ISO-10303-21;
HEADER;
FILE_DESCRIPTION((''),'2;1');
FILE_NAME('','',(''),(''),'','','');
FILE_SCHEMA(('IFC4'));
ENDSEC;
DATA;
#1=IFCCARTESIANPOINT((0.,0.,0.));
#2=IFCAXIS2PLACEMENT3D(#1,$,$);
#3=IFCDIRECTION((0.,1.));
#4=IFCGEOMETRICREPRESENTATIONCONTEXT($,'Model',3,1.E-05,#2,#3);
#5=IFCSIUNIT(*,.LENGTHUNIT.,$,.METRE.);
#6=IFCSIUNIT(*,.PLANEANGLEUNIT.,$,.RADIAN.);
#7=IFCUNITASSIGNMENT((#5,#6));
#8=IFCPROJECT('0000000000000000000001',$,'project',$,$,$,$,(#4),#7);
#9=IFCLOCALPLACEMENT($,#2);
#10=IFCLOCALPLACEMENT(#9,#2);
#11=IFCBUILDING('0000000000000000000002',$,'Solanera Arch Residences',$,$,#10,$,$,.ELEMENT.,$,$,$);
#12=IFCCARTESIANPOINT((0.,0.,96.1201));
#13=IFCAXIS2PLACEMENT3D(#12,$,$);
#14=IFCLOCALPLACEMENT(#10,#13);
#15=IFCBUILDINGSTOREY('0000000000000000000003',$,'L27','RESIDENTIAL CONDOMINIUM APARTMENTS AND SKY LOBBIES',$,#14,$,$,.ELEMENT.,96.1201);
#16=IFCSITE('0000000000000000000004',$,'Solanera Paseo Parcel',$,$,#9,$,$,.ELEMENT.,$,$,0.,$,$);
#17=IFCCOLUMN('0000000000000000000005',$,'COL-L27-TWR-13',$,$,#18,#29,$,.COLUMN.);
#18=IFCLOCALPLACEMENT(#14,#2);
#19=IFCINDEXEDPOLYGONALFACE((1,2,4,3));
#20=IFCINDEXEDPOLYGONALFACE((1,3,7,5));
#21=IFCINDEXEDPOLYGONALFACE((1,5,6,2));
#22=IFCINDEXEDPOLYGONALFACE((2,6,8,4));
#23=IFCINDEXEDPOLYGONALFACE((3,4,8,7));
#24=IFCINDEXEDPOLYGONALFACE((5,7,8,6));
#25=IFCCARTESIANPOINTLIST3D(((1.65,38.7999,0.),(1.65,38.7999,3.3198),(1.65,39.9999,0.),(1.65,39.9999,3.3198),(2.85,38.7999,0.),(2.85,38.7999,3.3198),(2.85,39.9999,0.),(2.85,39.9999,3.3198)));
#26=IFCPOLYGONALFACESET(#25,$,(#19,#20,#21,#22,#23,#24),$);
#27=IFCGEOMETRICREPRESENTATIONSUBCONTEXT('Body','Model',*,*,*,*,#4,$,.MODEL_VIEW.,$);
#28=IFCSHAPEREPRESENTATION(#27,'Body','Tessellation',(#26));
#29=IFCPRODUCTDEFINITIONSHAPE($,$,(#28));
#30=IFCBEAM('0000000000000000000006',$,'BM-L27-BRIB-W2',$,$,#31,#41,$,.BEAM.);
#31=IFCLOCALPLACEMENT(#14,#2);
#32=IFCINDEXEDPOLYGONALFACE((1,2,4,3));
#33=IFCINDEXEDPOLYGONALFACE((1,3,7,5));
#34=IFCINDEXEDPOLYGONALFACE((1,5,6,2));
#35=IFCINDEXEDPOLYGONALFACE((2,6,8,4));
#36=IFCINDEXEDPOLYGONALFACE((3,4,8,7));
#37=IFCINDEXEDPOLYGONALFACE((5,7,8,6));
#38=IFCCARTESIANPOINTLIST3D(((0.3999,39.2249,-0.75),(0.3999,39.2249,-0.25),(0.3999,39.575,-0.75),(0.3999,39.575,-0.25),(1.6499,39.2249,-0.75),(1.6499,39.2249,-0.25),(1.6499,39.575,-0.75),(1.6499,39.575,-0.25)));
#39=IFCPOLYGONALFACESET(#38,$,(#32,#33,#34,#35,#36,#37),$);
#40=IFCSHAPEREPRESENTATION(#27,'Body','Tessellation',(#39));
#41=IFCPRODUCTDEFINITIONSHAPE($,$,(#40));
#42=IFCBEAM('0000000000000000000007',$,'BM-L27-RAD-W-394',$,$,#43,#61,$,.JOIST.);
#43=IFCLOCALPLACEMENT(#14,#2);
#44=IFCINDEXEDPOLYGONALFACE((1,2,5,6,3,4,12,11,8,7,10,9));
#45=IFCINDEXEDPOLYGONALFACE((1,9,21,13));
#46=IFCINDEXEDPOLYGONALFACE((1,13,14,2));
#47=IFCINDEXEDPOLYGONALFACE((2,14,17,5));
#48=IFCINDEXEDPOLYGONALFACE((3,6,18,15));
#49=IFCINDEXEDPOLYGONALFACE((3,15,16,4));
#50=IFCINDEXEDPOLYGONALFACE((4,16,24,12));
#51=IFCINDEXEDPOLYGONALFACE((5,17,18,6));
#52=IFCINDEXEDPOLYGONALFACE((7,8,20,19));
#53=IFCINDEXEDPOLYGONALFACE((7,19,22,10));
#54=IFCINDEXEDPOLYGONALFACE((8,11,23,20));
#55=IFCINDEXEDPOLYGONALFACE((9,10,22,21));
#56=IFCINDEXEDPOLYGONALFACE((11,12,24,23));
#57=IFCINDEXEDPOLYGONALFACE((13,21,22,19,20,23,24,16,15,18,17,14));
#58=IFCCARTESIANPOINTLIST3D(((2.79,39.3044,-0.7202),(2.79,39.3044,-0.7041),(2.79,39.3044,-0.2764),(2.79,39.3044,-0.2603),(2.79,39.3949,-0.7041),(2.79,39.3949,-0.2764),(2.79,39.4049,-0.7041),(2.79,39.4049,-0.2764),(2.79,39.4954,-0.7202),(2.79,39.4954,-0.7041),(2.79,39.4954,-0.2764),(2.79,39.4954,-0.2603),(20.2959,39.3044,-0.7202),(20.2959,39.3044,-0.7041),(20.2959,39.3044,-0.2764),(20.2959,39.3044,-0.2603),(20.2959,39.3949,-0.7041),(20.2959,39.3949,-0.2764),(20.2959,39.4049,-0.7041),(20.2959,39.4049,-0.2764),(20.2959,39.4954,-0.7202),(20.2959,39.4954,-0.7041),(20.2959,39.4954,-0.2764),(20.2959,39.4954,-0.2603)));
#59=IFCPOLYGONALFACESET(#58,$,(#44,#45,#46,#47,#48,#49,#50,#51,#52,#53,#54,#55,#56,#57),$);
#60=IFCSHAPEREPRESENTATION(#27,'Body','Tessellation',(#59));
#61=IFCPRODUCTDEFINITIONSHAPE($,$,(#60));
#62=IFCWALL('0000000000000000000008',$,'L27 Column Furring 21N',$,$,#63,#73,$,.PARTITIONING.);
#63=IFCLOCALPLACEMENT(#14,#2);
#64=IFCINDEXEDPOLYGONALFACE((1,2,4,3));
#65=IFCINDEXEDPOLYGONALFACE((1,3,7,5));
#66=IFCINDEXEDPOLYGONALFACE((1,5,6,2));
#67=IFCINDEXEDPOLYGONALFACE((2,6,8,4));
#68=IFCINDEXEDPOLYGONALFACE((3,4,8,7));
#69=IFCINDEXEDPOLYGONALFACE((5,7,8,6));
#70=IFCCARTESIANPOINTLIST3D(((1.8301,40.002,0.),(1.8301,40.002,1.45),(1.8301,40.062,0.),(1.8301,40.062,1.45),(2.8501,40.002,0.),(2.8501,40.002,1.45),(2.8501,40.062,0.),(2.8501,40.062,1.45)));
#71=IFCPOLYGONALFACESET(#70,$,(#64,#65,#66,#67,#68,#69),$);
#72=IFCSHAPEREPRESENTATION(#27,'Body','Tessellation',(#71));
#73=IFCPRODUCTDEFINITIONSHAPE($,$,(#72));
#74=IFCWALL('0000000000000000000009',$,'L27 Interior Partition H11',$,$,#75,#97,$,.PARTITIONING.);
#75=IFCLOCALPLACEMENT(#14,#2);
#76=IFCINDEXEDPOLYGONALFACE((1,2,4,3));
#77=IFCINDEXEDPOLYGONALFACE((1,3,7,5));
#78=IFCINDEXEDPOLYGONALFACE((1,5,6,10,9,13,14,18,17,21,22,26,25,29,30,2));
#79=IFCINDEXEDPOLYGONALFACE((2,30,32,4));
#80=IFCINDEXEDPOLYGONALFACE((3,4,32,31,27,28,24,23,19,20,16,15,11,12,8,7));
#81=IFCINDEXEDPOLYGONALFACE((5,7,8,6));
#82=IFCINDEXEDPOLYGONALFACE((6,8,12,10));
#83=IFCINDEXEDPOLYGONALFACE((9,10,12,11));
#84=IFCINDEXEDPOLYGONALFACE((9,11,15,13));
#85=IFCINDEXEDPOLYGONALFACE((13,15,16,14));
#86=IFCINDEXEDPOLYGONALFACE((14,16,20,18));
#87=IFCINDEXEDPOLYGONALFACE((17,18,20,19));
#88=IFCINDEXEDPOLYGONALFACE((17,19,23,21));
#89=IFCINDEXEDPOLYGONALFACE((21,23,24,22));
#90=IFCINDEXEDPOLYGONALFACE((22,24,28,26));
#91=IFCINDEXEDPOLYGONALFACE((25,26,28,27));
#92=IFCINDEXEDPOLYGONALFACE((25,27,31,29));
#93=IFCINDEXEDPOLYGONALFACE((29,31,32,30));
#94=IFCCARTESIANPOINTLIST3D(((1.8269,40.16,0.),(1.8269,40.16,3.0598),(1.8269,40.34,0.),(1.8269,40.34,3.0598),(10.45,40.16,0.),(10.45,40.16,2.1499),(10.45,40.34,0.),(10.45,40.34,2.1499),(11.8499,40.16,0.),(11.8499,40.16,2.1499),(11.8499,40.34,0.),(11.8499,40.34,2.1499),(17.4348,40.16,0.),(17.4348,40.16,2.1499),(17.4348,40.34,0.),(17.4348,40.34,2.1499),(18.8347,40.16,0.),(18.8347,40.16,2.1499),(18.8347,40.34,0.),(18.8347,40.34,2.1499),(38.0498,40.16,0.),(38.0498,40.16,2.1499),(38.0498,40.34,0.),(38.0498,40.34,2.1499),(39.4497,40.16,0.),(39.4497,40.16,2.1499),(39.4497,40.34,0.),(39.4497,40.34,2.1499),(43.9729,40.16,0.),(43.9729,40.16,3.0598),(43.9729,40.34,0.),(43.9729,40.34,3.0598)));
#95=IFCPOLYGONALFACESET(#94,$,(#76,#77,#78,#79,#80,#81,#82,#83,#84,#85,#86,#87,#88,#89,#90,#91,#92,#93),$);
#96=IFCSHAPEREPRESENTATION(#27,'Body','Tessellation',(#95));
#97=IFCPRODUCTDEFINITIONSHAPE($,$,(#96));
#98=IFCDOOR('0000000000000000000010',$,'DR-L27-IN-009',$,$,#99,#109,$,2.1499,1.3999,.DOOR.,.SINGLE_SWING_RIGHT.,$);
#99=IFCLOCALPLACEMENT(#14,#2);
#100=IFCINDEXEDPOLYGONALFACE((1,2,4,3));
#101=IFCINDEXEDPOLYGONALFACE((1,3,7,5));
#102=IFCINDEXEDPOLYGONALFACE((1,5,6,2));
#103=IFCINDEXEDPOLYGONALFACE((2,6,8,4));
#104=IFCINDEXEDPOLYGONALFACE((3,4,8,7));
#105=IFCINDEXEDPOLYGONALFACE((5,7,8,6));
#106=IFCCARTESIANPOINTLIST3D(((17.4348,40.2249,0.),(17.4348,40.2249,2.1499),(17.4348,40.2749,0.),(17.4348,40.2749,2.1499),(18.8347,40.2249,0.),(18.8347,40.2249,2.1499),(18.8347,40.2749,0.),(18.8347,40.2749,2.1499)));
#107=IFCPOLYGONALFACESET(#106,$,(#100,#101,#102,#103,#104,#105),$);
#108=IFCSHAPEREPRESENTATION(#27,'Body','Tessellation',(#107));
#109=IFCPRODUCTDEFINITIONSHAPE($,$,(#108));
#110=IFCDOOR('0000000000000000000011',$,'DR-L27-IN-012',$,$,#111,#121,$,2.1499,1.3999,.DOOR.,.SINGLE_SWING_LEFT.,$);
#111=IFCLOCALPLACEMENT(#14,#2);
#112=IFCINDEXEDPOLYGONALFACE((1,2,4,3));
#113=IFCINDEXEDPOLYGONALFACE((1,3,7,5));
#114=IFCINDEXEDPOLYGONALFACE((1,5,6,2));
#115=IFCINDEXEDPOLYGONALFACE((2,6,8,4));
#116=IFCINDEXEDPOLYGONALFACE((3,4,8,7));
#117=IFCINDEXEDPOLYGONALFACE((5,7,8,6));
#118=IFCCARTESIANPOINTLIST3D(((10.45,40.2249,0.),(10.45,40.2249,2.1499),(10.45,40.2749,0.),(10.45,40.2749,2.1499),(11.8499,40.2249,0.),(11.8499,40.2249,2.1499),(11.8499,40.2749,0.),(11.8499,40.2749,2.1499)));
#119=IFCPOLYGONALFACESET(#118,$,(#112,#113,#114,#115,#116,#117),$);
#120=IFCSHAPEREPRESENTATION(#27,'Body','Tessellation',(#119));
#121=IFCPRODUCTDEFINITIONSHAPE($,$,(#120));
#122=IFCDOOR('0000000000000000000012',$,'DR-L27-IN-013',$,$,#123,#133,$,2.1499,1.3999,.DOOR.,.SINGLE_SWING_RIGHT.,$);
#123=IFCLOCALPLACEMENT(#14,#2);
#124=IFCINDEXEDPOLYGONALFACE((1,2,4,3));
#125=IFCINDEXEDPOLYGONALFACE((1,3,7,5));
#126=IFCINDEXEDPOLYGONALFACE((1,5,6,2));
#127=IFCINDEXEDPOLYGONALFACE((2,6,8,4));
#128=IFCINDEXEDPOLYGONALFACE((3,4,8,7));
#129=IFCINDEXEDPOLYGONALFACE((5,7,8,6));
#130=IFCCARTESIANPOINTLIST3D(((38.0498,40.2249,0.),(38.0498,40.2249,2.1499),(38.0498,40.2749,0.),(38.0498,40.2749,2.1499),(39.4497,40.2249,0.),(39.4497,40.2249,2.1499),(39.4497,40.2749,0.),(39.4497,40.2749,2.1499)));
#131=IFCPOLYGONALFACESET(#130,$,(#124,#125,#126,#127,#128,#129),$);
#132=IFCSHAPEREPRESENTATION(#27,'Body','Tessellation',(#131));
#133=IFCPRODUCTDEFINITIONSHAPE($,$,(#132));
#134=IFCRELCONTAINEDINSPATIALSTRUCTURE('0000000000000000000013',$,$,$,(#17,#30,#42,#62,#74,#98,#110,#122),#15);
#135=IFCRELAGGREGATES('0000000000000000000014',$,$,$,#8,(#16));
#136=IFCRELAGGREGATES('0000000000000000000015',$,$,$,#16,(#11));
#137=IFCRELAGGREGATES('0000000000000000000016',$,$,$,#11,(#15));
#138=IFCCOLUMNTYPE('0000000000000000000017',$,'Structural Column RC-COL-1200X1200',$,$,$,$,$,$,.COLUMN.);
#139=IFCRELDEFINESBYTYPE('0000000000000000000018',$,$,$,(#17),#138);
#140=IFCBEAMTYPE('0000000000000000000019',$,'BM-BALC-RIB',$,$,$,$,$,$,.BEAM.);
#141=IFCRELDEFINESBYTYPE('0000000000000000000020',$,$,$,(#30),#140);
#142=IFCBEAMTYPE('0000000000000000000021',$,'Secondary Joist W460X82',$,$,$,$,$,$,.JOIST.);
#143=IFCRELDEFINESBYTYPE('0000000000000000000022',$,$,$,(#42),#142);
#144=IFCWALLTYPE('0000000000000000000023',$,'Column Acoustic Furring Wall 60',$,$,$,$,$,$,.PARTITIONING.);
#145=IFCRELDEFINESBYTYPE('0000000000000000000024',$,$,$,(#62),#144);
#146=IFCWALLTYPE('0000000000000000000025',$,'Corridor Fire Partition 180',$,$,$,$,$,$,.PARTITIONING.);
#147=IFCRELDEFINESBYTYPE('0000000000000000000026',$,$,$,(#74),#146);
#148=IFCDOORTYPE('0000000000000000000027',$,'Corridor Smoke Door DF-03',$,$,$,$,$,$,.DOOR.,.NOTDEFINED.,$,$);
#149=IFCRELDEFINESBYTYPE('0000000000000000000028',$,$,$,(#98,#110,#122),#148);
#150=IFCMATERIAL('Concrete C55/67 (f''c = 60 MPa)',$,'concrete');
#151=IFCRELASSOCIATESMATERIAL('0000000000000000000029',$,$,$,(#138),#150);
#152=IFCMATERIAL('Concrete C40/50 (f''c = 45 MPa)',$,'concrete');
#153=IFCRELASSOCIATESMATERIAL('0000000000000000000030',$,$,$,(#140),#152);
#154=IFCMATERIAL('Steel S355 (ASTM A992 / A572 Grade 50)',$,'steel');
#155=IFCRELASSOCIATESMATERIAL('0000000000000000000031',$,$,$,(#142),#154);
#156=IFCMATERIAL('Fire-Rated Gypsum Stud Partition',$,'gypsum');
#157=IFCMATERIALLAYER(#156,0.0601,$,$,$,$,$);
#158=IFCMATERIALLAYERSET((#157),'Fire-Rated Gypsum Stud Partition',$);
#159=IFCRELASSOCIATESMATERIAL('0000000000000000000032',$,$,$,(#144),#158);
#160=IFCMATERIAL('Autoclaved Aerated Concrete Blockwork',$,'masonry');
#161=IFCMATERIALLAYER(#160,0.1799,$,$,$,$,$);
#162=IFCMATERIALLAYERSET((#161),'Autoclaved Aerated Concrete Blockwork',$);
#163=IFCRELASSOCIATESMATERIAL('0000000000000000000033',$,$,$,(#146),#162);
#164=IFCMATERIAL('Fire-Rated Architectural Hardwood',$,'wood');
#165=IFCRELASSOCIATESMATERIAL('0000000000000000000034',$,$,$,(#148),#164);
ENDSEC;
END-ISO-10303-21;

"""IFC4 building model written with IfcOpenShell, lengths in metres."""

from ifc_helpers import new_model, si_unit, direction, frame, frame_2d, origin, origin_2d, place, context, subcontext, project, spatial, rectangle, i_section, extrude, material, layer, layer_set, material_profile, profile_set, type_object, element, fill, save


model = new_model("IFC4")

# Units and contexts
model_context = context("Model", 3, precision=1e-05, world=origin(), true_north=direction((0.0, 1.0)))
body_context = subcontext(model_context, "Body", "Model", "MODEL_VIEW")
ifc_project = project(units=[si_unit("LENGTHUNIT", "METRE"), si_unit("PLANEANGLEUNIT", "RADIAN")], contexts=[model_context])

# Site, building, storey
site_placement = place(None, origin())
site = spatial("IfcSite", under=ifc_project, at=site_placement, Name="Solanera Paseo Parcel", CompositionType="ELEMENT", RefElevation=0.0)
building_placement = place(site_placement, origin())
building = spatial("IfcBuilding", under=site, at=building_placement, Name="Solanera Arch Residences", CompositionType="ELEMENT")
storey_placement = place(building_placement, frame((0.0, 0.0, 96.1201)))
storey = spatial("IfcBuildingStorey", under=building, at=storey_placement, Name="L27", Description="RESIDENTIAL CONDOMINIUM APARTMENTS AND SKY LOBBIES", CompositionType="ELEMENT", Elevation=96.1201)

# Column
ifc_material_1 = material(Name="Concrete C55/67 (f'c = 60 MPa)", Category="concrete")
ifc_material_profile_1 = material_profile(ifc_material_1, rectangle(XDim=1.2, YDim=1.2, at=origin_2d()))
ifc_profile_set_1 = profile_set([ifc_material_profile_1], Name="Concrete C55/67 (f'c = 60 MPa)")
column_type = type_object("IfcColumnType", Name="Structural Column RC-COL-1200X1200", PredefinedType="COLUMN", material=ifc_profile_set_1)
column_placement = place(storey_placement, frame((2.25, 39.3999, 0.0), z_axis=(0.0, 0.0, 1.0), x_axis=(1.0, 0.0, 0.0)))
element("IfcColumn", 1, at=column_placement, inside=storey, type_object=column_type, Name="COL-L27-TWR-13", PredefinedType="COLUMN", context=body_context, shape_type="SweptSolid", body=[
    extrude(rectangle(XDim=1.2, YDim=1.2, at=origin_2d()), origin(), (0.0, 0.0, 1.0), 3.3198),
])

# Beams
ifc_material_2 = material(Name="Concrete C40/50 (f'c = 45 MPa)", Category="concrete")
ifc_material_profile_2 = material_profile(ifc_material_2, rectangle(XDim=0.3501, YDim=0.5, at=origin_2d()))
ifc_profile_set_2 = profile_set([ifc_material_profile_2], Name="Concrete C40/50 (f'c = 45 MPa)")
beam_type_1 = type_object("IfcBeamType", Name="BM-BALC-RIB", PredefinedType="BEAM", material=ifc_profile_set_2)
beam_1_placement = place(storey_placement, frame((0.3999, 39.3999, -0.5), z_axis=(1.0, 0.0, 0.0), x_axis=(0.0, 1.0, 0.0)))
element("IfcBeam", 2, at=beam_1_placement, inside=storey, type_object=beam_type_1, Name="BM-L27-BRIB-W2", PredefinedType="BEAM", context=body_context, shape_type="SweptSolid", body=[
    extrude(rectangle(XDim=0.3501, YDim=0.5, at=origin_2d()), origin(), (0.0, 0.0, 1.0), 1.25),
])
ifc_material_3 = material(Name="Steel S355 (ASTM A992 / A572 Grade 50)", Category="steel")
ifc_material_profile_3 = material_profile(ifc_material_3, i_section(OverallWidth=0.1909, OverallDepth=0.46, WebThickness=0.01, FlangeThickness=0.0161, at=origin_2d()))
ifc_profile_set_3 = profile_set([ifc_material_profile_3], Name="Steel S355 (ASTM A992 / A572 Grade 50)")
beam_type_2 = type_object("IfcBeamType", Name="Secondary Joist W460X82", PredefinedType="JOIST", material=ifc_profile_set_3)
beam_2_placement = place(storey_placement, frame((2.79, 39.3999, -0.4902), z_axis=(1.0, 0.0, 0.0), x_axis=(0.0, 1.0, 0.0)))
element("IfcBeam", 3, at=beam_2_placement, inside=storey, type_object=beam_type_2, Name="BM-L27-RAD-W-394", PredefinedType="JOIST", context=body_context, shape_type="SweptSolid", body=[
    extrude(i_section(OverallWidth=0.1909, OverallDepth=0.46, WebThickness=0.01, FlangeThickness=0.0161, at=origin_2d()), origin(), (0.0, 0.0, 1.0), 17.5059),
])

# Wall
ifc_material_4 = material(Name="Fire-Rated Gypsum Stud Partition", Category="gypsum")
ifc_layer_1 = layer(ifc_material_4, 0.0601)
ifc_layer_set_1 = layer_set([ifc_layer_1], Name="Fire-Rated Gypsum Stud Partition")
wall_type_1 = type_object("IfcWallType", Name="Column Acoustic Furring Wall 60", PredefinedType="PARTITIONING", material=ifc_layer_set_1)
wall_1_placement = place(storey_placement, frame((1.8301, 40.032, 0.0), z_axis=(0.0, 0.0, 1.0), x_axis=(1.0, 0.0, 0.0)))
element("IfcWall", 4, at=wall_1_placement, inside=storey, type_object=wall_type_1, Name="L27 Column Furring 21N", PredefinedType="PARTITIONING", context=body_context, shape_type="SweptSolid", body=[
    extrude(rectangle(XDim=1.02, YDim=0.0601, at=frame_2d((0.51, 0.0))), origin(), (0.0, 0.0, 1.0), 1.45),
])

# Wall, openings, doors
ifc_material_5 = material(Name="Autoclaved Aerated Concrete Blockwork", Category="masonry")
ifc_layer_2 = layer(ifc_material_5, 0.1799)
ifc_layer_set_2 = layer_set([ifc_layer_2], Name="Autoclaved Aerated Concrete Blockwork")
wall_type_2 = type_object("IfcWallType", Name="Corridor Fire Partition 180", PredefinedType="PARTITIONING", material=ifc_layer_set_2)
wall_2_placement = place(storey_placement, frame((1.8269, 40.25, 0.0), z_axis=(0.0, 0.0, 1.0), x_axis=(1.0, 0.0, 0.0)))
wall_2 = element("IfcWall", 5, at=wall_2_placement, inside=storey, type_object=wall_type_2, Name="L27 Interior Partition H11", PredefinedType="PARTITIONING", context=body_context, shape_type="SweptSolid", body=[
    extrude(rectangle(XDim=42.146, YDim=0.1799, at=frame_2d((21.073, 0.0))), origin(), (0.0, 0.0, 1.0), 3.0598),
])
opening_1_placement = place(wall_2_placement, frame((15.6079, 0.0, 0.0)))
opening_1 = element("IfcOpeningElement", 6, at=opening_1_placement, cuts=wall_2, PredefinedType="OPENING", context=body_context, shape_type="SweptSolid", body=[
    extrude(rectangle(XDim=1.3999, YDim=2.1499, at=frame_2d((0.7, 1.075))), frame((0.0, 0.1001, 0.0), z_axis=(0.0, -1.0, 0.0), x_axis=(1.0, 0.0, 0.0)), (0.0, 0.0, 1.0), 0.1999),
])
opening_2_placement = place(wall_2_placement, frame((8.623, 0.0, 0.0)))
opening_2 = element("IfcOpeningElement", 7, at=opening_2_placement, cuts=wall_2, PredefinedType="OPENING", context=body_context, shape_type="SweptSolid", body=[
    extrude(rectangle(XDim=1.3999, YDim=2.1499, at=frame_2d((0.7, 1.075))), frame((0.0, 0.1001, 0.0), z_axis=(0.0, -1.0, 0.0), x_axis=(1.0, 0.0, 0.0)), (0.0, 0.0, 1.0), 0.1999),
])
opening_3_placement = place(wall_2_placement, frame((36.2229, 0.0, 0.0)))
opening_3 = element("IfcOpeningElement", 8, at=opening_3_placement, cuts=wall_2, PredefinedType="OPENING", context=body_context, shape_type="SweptSolid", body=[
    extrude(rectangle(XDim=1.3999, YDim=2.1499, at=frame_2d((0.7, 1.075))), frame((0.0, 0.1001, 0.0), z_axis=(0.0, -1.0, 0.0), x_axis=(1.0, 0.0, 0.0)), (0.0, 0.0, 1.0), 0.1999),
])
ifc_material_6 = material(Name="Fire-Rated Architectural Hardwood", Category="wood")
door_type_1 = type_object("IfcDoorType", Name="Corridor Smoke Door DF-03", OperationType="NOTDEFINED", PredefinedType="DOOR", material=ifc_material_6)
door_1_placement = place(opening_1_placement, origin())
door_1 = element("IfcDoor", 9, at=door_1_placement, inside=storey, type_object=door_type_1, Name="DR-L27-IN-009", OperationType="SINGLE_SWING_RIGHT", OverallHeight=2.1499, OverallWidth=1.3999, PredefinedType="DOOR", context=body_context, shape_type="SweptSolid", body=[
    extrude(rectangle(XDim=1.3999, YDim=2.1499, at=frame_2d((0.7, 1.075))), frame((0.0, 0.0249, 0.0), z_axis=(0.0, -1.0, 0.0), x_axis=(1.0, 0.0, 0.0)), (0.0, 0.0, 1.0), 0.05),
])
fill(opening_1, door_1)
door_2_placement = place(opening_2_placement, origin())
door_2 = element("IfcDoor", 10, at=door_2_placement, inside=storey, type_object=door_type_1, Name="DR-L27-IN-012", OperationType="SINGLE_SWING_LEFT", OverallHeight=2.1499, OverallWidth=1.3999, PredefinedType="DOOR", context=body_context, shape_type="SweptSolid", body=[
    extrude(rectangle(XDim=1.3999, YDim=2.1499, at=frame_2d((0.7, 1.075))), frame((0.0, 0.0249, 0.0), z_axis=(0.0, -1.0, 0.0), x_axis=(1.0, 0.0, 0.0)), (0.0, 0.0, 1.0), 0.05),
])
fill(opening_2, door_2)
door_3_placement = place(opening_3_placement, origin())
door_3 = element("IfcDoor", 11, at=door_3_placement, inside=storey, type_object=door_type_1, Name="DR-L27-IN-013", OperationType="SINGLE_SWING_RIGHT", OverallHeight=2.1499, OverallWidth=1.3999, PredefinedType="DOOR", context=body_context, shape_type="SweptSolid", body=[
    extrude(rectangle(XDim=1.3999, YDim=2.1499, at=frame_2d((0.7, 1.075))), frame((0.0, 0.0249, 0.0), z_axis=(0.0, -1.0, 0.0), x_axis=(1.0, 0.0, 0.0)), (0.0, 0.0, 1.0), 0.05),
])
fill(opening_3, door_3)

save(model, "model.ifc")
